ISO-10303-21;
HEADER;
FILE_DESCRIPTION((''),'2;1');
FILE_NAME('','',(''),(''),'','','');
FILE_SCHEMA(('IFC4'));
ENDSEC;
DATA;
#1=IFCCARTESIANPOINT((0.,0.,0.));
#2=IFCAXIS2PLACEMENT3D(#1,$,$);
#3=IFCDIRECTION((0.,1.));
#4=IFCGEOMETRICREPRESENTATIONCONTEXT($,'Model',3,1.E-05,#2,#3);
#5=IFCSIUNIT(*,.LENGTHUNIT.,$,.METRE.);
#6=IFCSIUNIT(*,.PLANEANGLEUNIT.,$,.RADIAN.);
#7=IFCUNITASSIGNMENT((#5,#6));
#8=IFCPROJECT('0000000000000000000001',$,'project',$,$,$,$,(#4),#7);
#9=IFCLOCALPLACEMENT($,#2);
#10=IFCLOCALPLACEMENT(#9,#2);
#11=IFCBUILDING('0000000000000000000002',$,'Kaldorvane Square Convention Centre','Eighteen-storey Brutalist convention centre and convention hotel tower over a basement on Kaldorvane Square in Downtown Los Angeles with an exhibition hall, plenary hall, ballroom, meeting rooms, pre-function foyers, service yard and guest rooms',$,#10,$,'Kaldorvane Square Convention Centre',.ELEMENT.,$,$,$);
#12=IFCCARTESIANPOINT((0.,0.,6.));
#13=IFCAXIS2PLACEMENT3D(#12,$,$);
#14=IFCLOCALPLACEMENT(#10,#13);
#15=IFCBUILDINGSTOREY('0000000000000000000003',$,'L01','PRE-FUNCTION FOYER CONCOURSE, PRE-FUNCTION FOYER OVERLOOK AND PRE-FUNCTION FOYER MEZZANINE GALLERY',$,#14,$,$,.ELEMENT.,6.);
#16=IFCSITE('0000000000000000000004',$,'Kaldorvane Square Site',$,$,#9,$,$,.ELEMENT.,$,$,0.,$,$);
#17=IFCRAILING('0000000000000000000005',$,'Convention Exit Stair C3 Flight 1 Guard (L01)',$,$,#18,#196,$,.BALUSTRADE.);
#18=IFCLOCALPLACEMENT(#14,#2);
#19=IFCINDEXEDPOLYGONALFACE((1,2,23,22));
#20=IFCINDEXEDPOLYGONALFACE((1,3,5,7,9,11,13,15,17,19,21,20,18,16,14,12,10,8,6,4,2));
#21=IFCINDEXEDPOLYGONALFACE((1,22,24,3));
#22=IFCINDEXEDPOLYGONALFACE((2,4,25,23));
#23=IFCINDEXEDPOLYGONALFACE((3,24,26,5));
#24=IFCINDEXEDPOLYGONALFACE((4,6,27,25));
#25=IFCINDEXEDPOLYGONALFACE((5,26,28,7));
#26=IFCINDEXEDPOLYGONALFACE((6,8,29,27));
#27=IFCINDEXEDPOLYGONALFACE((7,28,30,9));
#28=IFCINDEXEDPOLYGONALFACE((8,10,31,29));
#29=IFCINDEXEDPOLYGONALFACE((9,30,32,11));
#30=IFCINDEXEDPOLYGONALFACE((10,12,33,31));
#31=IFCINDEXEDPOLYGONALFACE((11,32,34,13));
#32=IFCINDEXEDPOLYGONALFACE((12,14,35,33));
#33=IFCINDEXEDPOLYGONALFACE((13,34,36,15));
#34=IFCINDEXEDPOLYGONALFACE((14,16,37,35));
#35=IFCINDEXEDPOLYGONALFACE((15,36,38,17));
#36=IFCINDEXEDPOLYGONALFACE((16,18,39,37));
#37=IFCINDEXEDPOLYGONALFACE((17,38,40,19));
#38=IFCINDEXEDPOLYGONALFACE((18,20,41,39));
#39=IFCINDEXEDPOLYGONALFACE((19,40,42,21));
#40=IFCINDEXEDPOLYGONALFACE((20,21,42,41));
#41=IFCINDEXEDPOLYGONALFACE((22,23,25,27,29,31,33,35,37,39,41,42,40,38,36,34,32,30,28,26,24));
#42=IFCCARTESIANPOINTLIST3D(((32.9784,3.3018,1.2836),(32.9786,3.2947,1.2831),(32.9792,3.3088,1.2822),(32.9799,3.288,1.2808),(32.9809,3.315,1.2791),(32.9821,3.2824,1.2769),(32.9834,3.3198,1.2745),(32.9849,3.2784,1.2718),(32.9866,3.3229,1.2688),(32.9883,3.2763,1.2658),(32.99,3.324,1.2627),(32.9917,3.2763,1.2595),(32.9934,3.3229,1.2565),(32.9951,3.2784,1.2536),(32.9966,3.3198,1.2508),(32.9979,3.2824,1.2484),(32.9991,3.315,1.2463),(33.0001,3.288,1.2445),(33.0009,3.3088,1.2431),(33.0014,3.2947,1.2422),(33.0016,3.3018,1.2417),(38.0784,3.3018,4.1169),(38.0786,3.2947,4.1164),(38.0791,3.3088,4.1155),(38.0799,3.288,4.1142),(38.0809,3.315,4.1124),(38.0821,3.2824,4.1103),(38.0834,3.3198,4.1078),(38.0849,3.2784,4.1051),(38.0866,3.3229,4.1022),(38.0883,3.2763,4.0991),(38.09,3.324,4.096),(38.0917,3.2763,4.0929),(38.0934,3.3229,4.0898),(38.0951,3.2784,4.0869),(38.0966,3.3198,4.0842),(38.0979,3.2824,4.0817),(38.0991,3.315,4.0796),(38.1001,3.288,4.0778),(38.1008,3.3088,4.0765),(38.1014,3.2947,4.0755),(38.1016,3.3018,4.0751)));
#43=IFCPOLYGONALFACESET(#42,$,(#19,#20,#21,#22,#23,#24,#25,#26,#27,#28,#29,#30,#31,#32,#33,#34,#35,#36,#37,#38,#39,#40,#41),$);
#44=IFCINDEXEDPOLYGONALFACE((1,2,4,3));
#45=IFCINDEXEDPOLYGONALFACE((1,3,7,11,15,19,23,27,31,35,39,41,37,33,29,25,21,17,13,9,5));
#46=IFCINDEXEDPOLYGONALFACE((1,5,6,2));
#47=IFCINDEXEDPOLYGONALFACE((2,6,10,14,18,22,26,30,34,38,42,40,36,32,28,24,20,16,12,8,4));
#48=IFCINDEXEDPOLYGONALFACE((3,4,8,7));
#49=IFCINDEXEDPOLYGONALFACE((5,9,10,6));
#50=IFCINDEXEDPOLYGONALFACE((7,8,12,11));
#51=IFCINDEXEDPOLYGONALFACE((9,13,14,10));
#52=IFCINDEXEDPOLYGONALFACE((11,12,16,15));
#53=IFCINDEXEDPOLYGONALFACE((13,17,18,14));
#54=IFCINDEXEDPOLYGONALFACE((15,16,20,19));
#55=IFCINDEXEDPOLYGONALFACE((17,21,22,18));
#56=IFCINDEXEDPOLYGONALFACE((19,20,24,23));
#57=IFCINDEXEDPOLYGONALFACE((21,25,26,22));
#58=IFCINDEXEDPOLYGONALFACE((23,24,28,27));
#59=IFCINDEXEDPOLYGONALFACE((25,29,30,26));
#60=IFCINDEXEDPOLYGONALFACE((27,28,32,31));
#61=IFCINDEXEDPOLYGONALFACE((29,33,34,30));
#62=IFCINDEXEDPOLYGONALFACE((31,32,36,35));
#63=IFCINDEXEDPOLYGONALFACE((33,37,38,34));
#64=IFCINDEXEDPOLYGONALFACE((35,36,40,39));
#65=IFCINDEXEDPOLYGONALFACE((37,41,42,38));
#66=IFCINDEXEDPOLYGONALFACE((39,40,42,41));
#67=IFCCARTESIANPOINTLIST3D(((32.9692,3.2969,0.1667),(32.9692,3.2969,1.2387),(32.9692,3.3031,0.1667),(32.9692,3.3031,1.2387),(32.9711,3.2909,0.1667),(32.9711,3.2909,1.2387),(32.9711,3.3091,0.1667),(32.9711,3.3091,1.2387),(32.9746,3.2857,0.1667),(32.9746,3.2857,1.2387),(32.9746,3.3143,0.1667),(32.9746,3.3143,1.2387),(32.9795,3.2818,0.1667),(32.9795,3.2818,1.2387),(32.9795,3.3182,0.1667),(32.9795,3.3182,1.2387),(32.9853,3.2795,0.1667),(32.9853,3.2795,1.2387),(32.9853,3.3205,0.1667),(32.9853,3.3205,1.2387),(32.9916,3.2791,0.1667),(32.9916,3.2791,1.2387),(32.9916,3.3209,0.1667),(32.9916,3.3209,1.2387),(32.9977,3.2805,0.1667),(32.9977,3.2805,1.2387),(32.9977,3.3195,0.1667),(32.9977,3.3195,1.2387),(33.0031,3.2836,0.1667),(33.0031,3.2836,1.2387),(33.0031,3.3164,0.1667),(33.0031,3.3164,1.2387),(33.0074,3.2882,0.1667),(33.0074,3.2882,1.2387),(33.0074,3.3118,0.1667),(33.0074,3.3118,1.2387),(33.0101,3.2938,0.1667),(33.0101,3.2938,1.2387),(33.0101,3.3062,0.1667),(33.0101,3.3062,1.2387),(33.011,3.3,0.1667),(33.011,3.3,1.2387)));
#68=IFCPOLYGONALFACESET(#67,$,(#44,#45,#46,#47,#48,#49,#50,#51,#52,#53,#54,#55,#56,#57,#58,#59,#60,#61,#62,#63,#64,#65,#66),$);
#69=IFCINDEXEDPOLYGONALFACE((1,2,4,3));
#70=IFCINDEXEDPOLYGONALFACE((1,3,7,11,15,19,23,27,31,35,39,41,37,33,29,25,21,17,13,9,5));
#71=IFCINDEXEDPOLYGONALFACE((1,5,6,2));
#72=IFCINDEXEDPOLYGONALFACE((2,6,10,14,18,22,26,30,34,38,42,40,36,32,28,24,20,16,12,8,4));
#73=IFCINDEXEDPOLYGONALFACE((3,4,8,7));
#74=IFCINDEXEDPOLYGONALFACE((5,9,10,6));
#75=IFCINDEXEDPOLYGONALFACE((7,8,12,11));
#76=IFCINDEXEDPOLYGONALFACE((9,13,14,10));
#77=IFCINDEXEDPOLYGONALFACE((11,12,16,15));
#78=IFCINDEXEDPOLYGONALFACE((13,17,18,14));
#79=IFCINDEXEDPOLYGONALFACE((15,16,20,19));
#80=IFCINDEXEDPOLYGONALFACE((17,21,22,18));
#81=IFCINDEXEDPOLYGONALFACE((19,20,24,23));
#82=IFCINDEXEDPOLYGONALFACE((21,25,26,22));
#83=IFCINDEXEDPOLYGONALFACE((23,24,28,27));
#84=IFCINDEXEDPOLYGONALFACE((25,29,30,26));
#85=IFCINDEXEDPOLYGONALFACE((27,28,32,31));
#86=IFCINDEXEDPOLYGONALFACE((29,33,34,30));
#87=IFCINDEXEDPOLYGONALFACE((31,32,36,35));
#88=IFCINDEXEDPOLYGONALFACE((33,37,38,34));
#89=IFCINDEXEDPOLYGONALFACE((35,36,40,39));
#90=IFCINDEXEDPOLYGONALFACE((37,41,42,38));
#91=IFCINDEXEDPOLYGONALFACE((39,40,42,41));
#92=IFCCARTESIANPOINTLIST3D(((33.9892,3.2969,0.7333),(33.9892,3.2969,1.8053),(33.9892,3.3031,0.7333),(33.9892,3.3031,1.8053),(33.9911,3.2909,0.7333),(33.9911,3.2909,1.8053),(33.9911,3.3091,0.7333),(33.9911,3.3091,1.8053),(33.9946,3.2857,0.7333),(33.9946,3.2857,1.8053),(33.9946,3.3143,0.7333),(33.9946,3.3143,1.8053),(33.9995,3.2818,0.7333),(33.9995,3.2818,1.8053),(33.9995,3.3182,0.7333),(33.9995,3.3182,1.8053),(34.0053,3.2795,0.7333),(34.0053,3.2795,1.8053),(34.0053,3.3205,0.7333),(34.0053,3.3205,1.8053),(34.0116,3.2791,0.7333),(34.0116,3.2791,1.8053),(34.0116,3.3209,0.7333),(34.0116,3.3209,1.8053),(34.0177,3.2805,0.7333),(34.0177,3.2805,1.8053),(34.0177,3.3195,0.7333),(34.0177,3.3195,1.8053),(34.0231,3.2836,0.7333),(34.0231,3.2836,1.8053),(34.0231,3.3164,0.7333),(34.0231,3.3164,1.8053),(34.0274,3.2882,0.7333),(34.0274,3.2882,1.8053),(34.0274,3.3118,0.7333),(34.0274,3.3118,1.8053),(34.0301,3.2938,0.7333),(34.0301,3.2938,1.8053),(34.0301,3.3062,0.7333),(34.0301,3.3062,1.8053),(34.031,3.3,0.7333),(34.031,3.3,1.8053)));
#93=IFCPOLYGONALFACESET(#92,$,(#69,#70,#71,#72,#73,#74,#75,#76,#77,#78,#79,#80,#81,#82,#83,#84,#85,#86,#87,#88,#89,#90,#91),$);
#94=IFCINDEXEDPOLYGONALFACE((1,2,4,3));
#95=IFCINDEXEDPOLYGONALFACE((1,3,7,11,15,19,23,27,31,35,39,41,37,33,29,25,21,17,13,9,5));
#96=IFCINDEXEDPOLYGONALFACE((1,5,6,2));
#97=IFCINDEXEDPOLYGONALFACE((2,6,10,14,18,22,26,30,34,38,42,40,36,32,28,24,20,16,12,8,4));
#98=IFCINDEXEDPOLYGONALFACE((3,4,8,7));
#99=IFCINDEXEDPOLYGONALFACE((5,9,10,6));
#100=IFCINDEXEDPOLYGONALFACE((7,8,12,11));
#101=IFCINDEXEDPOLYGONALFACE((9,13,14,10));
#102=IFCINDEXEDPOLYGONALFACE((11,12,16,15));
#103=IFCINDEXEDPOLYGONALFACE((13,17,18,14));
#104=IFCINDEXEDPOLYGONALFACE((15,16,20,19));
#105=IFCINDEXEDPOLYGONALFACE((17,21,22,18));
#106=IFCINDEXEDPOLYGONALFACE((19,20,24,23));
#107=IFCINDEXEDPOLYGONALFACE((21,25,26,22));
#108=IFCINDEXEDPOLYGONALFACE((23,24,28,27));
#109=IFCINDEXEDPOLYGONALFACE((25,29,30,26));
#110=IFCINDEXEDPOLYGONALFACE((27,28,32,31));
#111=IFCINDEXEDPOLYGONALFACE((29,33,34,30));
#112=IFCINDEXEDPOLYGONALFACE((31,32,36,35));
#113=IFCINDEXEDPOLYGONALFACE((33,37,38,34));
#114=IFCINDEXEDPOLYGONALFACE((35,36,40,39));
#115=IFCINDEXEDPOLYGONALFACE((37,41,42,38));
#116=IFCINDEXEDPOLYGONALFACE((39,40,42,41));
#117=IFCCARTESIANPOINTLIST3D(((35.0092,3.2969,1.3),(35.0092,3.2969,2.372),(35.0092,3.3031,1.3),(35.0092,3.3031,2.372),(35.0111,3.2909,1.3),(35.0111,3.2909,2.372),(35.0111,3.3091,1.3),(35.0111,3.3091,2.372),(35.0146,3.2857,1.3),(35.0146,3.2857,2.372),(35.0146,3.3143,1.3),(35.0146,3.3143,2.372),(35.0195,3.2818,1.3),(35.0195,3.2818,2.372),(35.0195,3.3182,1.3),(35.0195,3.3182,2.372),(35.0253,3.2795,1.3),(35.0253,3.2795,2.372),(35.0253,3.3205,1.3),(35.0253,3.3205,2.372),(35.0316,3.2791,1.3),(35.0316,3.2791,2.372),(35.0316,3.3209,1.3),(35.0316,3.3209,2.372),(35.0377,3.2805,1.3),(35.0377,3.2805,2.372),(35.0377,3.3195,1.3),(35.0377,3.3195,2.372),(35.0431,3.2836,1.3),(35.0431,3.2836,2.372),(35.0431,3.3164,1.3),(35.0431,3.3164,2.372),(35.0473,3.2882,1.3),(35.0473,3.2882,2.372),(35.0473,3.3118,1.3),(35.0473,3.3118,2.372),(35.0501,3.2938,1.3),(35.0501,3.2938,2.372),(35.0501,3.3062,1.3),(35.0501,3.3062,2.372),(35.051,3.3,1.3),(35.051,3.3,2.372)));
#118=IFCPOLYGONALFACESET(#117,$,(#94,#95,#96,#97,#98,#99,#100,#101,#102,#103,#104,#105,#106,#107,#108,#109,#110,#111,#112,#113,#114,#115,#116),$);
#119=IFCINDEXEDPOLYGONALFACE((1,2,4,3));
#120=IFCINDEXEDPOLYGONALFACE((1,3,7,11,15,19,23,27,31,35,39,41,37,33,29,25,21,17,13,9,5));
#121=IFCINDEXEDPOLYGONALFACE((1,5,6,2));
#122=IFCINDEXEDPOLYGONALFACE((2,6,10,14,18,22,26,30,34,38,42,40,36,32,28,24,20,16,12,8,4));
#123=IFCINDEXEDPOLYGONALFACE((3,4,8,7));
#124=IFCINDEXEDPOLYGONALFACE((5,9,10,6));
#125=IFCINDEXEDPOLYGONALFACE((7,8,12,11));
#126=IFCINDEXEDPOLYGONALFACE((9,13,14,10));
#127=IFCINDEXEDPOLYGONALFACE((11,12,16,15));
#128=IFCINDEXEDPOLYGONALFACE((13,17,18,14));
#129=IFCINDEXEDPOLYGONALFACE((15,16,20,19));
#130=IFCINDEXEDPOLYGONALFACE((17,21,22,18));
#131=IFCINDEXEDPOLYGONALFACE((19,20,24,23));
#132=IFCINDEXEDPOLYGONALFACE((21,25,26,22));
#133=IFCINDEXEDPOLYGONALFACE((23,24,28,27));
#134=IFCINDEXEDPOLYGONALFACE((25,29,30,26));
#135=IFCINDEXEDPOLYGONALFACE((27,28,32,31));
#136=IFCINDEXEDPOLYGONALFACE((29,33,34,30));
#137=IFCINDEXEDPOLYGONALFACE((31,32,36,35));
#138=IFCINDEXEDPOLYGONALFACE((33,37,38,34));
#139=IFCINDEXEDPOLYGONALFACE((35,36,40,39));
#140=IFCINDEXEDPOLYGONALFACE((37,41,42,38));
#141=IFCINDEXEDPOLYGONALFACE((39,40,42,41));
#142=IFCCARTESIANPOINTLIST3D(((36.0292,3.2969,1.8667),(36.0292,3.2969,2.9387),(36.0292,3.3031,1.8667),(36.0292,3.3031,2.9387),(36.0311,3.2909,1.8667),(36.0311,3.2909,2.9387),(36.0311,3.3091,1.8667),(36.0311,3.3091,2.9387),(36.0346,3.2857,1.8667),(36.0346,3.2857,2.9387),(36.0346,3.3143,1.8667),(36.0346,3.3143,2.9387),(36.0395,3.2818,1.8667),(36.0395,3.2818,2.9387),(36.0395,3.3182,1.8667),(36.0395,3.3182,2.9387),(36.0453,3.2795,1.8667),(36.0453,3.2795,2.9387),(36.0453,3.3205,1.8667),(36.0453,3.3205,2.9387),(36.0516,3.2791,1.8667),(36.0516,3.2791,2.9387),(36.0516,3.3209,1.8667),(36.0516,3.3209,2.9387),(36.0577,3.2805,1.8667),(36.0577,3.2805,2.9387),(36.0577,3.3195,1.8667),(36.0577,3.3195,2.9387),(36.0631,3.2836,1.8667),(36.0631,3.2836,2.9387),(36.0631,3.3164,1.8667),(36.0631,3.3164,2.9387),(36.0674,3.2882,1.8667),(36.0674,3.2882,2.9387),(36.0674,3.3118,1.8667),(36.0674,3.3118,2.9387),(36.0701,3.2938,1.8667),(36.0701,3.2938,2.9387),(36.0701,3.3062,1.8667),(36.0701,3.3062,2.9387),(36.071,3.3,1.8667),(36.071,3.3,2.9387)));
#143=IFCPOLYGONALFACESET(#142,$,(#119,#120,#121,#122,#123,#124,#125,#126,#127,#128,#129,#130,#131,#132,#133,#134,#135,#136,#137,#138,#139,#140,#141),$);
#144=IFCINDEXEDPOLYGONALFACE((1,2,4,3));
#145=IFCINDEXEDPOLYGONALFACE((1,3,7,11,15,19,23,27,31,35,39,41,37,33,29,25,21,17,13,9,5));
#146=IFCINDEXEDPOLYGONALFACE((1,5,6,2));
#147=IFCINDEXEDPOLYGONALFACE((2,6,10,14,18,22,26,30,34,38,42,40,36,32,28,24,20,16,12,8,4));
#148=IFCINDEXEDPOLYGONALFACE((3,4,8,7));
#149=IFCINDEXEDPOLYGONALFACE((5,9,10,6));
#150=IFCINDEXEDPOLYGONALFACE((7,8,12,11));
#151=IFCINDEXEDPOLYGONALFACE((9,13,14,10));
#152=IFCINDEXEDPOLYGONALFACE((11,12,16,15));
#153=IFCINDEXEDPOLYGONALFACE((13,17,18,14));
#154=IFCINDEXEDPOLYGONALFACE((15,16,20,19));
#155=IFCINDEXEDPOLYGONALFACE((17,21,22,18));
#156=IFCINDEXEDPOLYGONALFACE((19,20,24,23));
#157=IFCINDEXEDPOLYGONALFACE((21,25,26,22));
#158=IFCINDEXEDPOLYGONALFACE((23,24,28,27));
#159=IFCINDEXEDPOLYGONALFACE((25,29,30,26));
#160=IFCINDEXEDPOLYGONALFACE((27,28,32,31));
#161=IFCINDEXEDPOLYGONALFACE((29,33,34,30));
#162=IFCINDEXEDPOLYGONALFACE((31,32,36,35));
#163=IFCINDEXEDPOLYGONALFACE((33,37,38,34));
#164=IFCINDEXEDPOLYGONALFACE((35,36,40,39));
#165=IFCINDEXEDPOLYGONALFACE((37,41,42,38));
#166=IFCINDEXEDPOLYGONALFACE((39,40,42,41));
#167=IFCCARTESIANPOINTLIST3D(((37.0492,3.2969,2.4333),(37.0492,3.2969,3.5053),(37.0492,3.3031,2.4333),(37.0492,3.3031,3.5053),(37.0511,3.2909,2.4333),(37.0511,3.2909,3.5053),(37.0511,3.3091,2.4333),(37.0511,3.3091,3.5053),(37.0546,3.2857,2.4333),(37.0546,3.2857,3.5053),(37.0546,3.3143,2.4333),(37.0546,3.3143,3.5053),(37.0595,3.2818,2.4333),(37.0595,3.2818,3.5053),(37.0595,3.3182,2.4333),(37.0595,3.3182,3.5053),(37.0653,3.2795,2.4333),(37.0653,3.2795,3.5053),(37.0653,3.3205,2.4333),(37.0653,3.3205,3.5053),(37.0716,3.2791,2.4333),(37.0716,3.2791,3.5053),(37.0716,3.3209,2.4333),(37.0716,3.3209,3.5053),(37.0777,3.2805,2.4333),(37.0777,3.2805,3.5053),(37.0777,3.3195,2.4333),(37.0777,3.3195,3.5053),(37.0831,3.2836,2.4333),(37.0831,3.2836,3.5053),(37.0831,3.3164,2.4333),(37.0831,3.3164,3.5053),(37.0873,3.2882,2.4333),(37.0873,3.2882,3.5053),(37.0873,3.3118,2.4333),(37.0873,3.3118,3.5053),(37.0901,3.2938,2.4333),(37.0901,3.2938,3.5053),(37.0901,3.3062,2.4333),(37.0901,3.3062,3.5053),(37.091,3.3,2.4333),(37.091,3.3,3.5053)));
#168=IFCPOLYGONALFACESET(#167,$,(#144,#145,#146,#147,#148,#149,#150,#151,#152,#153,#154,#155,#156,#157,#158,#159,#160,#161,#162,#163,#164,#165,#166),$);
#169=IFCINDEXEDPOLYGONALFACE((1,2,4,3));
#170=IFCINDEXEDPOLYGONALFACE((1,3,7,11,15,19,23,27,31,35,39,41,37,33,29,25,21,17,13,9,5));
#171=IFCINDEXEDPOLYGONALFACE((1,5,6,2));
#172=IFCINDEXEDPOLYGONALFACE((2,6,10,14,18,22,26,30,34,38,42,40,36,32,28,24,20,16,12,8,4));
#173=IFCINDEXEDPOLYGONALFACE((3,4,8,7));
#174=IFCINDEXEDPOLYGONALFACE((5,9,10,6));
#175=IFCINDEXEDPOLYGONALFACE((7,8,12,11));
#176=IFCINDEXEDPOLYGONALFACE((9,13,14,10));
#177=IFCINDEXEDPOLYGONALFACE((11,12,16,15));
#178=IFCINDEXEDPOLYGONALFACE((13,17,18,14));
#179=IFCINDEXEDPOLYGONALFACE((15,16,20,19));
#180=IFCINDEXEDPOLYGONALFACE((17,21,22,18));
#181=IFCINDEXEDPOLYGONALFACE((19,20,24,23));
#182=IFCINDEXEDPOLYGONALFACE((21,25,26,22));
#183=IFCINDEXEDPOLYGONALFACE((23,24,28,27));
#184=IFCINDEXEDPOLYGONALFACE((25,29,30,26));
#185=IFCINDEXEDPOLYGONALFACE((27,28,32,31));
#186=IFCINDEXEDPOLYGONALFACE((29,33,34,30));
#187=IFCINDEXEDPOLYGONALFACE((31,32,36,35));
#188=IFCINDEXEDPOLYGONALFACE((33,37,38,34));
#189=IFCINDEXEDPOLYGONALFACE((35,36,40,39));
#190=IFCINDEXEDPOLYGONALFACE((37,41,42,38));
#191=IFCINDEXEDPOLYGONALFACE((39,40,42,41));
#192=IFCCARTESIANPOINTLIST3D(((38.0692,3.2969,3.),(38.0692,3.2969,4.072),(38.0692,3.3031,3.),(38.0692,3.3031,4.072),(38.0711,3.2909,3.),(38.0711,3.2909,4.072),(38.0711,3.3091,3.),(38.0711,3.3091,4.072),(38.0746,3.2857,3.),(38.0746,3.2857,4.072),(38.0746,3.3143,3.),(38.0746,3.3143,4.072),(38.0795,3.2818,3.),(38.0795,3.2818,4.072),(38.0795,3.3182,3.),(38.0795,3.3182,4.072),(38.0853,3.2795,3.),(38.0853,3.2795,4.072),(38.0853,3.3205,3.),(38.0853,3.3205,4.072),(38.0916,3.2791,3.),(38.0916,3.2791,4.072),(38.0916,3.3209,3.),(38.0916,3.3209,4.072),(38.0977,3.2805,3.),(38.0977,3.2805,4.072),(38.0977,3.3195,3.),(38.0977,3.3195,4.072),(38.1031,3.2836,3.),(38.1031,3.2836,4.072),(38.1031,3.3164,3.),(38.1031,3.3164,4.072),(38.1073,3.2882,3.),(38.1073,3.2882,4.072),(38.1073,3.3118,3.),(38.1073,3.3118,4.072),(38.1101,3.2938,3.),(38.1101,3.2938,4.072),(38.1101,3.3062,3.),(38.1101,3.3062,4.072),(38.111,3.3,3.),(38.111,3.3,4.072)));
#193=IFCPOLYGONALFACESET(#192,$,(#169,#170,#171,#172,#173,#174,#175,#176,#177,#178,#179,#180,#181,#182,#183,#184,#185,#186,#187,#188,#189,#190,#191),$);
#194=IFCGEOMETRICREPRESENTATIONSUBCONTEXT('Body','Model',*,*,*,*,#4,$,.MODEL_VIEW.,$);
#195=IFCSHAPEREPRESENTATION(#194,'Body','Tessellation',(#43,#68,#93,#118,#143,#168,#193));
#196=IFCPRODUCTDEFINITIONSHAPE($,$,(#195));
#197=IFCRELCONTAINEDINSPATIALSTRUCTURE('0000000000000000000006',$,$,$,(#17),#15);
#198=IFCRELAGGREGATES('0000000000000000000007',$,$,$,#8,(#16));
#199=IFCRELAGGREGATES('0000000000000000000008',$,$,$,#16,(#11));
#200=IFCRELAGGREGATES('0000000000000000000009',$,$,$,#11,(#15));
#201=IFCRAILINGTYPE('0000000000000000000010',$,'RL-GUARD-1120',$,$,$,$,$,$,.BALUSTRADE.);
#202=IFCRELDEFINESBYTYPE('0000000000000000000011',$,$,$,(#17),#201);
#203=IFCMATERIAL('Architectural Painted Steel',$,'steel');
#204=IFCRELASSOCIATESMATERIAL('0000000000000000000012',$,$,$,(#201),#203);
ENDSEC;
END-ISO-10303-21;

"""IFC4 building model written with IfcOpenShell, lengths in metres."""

from ifc_helpers import new_model, si_unit, direction, frame, origin, origin_2d, place, context, subcontext, project, spatial, circle, extrude, material, type_object, element, save


model = new_model("IFC4")

# Units and contexts
model_context = context("Model", 3, precision=1e-05, world=origin(), true_north=direction((0.0, 1.0)))
body_context = subcontext(model_context, "Body", "Model", "MODEL_VIEW")
ifc_project = project(units=[si_unit("LENGTHUNIT", "METRE"), si_unit("PLANEANGLEUNIT", "RADIAN")], contexts=[model_context])

# Site, building, storey
site_placement = place(None, origin())
site = spatial("IfcSite", under=ifc_project, at=site_placement, Name="Kaldorvane Square Site", CompositionType="ELEMENT", RefElevation=0.0)
building_placement = place(site_placement, origin())
building = spatial("IfcBuilding", under=site, at=building_placement, Name="Kaldorvane Square Convention Centre", Description="Eighteen-storey Brutalist convention centre and convention hotel tower over a basement on Kaldorvane Square in Downtown Los Angeles with an exhibition hall, plenary hall, ballroom, meeting rooms, pre-function foyers, service yard and guest rooms", LongName="Kaldorvane Square Convention Centre", CompositionType="ELEMENT")
storey_placement = place(building_placement, frame((0.0, 0.0, 6.0)))
storey = spatial("IfcBuildingStorey", under=building, at=storey_placement, Name="L01", Description="PRE-FUNCTION FOYER CONCOURSE, PRE-FUNCTION FOYER OVERLOOK AND PRE-FUNCTION FOYER MEZZANINE GALLERY", CompositionType="ELEMENT", Elevation=6.0)

# Railing
ifc_material_1 = material(Name="Architectural Painted Steel", Category="steel")
railing_type_1 = type_object("IfcRailingType", Name="RL-GUARD-1120", PredefinedType="BALUSTRADE", material=ifc_material_1)
railing_1_placement = place(storey_placement, frame((32.99, 3.3, 0.1667)))
element("IfcRailing", 1, at=railing_1_placement, inside=storey, type_object=railing_type_1, Name="Convention Exit Stair C3 Flight 1 Guard (L01)", PredefinedType="BALUSTRADE", context=body_context, shape_type="SweptSolid", body=[
    extrude(circle(Radius=0.024, at=origin_2d()), frame((0.0, 0.0, 1.096), z_axis=(0.874157, 0.0, 0.485643), x_axis=(0.0, 1.0, 0.0)), (0.0, 0.0, 1.0), 5.8342),
    extrude(circle(Radius=0.021, at=origin_2d()), origin(), (0.0, 0.0, 1.0), 1.072),
    extrude(circle(Radius=0.021, at=origin_2d()), frame((1.02, 0.0, 0.5667)), (0.0, 0.0, 1.0), 1.072),
    extrude(circle(Radius=0.021, at=origin_2d()), frame((2.04, 0.0, 1.1333)), (0.0, 0.0, 1.0), 1.072),
    extrude(circle(Radius=0.021, at=origin_2d()), frame((3.06, 0.0, 1.7)), (0.0, 0.0, 1.0), 1.072),
    extrude(circle(Radius=0.021, at=origin_2d()), frame((4.08, 0.0, 2.2667)), (0.0, 0.0, 1.0), 1.072),
    extrude(circle(Radius=0.021, at=origin_2d()), frame((5.1, 0.0, 2.8333)), (0.0, 0.0, 1.0), 1.072),
])

save(model, "model.ifc")
